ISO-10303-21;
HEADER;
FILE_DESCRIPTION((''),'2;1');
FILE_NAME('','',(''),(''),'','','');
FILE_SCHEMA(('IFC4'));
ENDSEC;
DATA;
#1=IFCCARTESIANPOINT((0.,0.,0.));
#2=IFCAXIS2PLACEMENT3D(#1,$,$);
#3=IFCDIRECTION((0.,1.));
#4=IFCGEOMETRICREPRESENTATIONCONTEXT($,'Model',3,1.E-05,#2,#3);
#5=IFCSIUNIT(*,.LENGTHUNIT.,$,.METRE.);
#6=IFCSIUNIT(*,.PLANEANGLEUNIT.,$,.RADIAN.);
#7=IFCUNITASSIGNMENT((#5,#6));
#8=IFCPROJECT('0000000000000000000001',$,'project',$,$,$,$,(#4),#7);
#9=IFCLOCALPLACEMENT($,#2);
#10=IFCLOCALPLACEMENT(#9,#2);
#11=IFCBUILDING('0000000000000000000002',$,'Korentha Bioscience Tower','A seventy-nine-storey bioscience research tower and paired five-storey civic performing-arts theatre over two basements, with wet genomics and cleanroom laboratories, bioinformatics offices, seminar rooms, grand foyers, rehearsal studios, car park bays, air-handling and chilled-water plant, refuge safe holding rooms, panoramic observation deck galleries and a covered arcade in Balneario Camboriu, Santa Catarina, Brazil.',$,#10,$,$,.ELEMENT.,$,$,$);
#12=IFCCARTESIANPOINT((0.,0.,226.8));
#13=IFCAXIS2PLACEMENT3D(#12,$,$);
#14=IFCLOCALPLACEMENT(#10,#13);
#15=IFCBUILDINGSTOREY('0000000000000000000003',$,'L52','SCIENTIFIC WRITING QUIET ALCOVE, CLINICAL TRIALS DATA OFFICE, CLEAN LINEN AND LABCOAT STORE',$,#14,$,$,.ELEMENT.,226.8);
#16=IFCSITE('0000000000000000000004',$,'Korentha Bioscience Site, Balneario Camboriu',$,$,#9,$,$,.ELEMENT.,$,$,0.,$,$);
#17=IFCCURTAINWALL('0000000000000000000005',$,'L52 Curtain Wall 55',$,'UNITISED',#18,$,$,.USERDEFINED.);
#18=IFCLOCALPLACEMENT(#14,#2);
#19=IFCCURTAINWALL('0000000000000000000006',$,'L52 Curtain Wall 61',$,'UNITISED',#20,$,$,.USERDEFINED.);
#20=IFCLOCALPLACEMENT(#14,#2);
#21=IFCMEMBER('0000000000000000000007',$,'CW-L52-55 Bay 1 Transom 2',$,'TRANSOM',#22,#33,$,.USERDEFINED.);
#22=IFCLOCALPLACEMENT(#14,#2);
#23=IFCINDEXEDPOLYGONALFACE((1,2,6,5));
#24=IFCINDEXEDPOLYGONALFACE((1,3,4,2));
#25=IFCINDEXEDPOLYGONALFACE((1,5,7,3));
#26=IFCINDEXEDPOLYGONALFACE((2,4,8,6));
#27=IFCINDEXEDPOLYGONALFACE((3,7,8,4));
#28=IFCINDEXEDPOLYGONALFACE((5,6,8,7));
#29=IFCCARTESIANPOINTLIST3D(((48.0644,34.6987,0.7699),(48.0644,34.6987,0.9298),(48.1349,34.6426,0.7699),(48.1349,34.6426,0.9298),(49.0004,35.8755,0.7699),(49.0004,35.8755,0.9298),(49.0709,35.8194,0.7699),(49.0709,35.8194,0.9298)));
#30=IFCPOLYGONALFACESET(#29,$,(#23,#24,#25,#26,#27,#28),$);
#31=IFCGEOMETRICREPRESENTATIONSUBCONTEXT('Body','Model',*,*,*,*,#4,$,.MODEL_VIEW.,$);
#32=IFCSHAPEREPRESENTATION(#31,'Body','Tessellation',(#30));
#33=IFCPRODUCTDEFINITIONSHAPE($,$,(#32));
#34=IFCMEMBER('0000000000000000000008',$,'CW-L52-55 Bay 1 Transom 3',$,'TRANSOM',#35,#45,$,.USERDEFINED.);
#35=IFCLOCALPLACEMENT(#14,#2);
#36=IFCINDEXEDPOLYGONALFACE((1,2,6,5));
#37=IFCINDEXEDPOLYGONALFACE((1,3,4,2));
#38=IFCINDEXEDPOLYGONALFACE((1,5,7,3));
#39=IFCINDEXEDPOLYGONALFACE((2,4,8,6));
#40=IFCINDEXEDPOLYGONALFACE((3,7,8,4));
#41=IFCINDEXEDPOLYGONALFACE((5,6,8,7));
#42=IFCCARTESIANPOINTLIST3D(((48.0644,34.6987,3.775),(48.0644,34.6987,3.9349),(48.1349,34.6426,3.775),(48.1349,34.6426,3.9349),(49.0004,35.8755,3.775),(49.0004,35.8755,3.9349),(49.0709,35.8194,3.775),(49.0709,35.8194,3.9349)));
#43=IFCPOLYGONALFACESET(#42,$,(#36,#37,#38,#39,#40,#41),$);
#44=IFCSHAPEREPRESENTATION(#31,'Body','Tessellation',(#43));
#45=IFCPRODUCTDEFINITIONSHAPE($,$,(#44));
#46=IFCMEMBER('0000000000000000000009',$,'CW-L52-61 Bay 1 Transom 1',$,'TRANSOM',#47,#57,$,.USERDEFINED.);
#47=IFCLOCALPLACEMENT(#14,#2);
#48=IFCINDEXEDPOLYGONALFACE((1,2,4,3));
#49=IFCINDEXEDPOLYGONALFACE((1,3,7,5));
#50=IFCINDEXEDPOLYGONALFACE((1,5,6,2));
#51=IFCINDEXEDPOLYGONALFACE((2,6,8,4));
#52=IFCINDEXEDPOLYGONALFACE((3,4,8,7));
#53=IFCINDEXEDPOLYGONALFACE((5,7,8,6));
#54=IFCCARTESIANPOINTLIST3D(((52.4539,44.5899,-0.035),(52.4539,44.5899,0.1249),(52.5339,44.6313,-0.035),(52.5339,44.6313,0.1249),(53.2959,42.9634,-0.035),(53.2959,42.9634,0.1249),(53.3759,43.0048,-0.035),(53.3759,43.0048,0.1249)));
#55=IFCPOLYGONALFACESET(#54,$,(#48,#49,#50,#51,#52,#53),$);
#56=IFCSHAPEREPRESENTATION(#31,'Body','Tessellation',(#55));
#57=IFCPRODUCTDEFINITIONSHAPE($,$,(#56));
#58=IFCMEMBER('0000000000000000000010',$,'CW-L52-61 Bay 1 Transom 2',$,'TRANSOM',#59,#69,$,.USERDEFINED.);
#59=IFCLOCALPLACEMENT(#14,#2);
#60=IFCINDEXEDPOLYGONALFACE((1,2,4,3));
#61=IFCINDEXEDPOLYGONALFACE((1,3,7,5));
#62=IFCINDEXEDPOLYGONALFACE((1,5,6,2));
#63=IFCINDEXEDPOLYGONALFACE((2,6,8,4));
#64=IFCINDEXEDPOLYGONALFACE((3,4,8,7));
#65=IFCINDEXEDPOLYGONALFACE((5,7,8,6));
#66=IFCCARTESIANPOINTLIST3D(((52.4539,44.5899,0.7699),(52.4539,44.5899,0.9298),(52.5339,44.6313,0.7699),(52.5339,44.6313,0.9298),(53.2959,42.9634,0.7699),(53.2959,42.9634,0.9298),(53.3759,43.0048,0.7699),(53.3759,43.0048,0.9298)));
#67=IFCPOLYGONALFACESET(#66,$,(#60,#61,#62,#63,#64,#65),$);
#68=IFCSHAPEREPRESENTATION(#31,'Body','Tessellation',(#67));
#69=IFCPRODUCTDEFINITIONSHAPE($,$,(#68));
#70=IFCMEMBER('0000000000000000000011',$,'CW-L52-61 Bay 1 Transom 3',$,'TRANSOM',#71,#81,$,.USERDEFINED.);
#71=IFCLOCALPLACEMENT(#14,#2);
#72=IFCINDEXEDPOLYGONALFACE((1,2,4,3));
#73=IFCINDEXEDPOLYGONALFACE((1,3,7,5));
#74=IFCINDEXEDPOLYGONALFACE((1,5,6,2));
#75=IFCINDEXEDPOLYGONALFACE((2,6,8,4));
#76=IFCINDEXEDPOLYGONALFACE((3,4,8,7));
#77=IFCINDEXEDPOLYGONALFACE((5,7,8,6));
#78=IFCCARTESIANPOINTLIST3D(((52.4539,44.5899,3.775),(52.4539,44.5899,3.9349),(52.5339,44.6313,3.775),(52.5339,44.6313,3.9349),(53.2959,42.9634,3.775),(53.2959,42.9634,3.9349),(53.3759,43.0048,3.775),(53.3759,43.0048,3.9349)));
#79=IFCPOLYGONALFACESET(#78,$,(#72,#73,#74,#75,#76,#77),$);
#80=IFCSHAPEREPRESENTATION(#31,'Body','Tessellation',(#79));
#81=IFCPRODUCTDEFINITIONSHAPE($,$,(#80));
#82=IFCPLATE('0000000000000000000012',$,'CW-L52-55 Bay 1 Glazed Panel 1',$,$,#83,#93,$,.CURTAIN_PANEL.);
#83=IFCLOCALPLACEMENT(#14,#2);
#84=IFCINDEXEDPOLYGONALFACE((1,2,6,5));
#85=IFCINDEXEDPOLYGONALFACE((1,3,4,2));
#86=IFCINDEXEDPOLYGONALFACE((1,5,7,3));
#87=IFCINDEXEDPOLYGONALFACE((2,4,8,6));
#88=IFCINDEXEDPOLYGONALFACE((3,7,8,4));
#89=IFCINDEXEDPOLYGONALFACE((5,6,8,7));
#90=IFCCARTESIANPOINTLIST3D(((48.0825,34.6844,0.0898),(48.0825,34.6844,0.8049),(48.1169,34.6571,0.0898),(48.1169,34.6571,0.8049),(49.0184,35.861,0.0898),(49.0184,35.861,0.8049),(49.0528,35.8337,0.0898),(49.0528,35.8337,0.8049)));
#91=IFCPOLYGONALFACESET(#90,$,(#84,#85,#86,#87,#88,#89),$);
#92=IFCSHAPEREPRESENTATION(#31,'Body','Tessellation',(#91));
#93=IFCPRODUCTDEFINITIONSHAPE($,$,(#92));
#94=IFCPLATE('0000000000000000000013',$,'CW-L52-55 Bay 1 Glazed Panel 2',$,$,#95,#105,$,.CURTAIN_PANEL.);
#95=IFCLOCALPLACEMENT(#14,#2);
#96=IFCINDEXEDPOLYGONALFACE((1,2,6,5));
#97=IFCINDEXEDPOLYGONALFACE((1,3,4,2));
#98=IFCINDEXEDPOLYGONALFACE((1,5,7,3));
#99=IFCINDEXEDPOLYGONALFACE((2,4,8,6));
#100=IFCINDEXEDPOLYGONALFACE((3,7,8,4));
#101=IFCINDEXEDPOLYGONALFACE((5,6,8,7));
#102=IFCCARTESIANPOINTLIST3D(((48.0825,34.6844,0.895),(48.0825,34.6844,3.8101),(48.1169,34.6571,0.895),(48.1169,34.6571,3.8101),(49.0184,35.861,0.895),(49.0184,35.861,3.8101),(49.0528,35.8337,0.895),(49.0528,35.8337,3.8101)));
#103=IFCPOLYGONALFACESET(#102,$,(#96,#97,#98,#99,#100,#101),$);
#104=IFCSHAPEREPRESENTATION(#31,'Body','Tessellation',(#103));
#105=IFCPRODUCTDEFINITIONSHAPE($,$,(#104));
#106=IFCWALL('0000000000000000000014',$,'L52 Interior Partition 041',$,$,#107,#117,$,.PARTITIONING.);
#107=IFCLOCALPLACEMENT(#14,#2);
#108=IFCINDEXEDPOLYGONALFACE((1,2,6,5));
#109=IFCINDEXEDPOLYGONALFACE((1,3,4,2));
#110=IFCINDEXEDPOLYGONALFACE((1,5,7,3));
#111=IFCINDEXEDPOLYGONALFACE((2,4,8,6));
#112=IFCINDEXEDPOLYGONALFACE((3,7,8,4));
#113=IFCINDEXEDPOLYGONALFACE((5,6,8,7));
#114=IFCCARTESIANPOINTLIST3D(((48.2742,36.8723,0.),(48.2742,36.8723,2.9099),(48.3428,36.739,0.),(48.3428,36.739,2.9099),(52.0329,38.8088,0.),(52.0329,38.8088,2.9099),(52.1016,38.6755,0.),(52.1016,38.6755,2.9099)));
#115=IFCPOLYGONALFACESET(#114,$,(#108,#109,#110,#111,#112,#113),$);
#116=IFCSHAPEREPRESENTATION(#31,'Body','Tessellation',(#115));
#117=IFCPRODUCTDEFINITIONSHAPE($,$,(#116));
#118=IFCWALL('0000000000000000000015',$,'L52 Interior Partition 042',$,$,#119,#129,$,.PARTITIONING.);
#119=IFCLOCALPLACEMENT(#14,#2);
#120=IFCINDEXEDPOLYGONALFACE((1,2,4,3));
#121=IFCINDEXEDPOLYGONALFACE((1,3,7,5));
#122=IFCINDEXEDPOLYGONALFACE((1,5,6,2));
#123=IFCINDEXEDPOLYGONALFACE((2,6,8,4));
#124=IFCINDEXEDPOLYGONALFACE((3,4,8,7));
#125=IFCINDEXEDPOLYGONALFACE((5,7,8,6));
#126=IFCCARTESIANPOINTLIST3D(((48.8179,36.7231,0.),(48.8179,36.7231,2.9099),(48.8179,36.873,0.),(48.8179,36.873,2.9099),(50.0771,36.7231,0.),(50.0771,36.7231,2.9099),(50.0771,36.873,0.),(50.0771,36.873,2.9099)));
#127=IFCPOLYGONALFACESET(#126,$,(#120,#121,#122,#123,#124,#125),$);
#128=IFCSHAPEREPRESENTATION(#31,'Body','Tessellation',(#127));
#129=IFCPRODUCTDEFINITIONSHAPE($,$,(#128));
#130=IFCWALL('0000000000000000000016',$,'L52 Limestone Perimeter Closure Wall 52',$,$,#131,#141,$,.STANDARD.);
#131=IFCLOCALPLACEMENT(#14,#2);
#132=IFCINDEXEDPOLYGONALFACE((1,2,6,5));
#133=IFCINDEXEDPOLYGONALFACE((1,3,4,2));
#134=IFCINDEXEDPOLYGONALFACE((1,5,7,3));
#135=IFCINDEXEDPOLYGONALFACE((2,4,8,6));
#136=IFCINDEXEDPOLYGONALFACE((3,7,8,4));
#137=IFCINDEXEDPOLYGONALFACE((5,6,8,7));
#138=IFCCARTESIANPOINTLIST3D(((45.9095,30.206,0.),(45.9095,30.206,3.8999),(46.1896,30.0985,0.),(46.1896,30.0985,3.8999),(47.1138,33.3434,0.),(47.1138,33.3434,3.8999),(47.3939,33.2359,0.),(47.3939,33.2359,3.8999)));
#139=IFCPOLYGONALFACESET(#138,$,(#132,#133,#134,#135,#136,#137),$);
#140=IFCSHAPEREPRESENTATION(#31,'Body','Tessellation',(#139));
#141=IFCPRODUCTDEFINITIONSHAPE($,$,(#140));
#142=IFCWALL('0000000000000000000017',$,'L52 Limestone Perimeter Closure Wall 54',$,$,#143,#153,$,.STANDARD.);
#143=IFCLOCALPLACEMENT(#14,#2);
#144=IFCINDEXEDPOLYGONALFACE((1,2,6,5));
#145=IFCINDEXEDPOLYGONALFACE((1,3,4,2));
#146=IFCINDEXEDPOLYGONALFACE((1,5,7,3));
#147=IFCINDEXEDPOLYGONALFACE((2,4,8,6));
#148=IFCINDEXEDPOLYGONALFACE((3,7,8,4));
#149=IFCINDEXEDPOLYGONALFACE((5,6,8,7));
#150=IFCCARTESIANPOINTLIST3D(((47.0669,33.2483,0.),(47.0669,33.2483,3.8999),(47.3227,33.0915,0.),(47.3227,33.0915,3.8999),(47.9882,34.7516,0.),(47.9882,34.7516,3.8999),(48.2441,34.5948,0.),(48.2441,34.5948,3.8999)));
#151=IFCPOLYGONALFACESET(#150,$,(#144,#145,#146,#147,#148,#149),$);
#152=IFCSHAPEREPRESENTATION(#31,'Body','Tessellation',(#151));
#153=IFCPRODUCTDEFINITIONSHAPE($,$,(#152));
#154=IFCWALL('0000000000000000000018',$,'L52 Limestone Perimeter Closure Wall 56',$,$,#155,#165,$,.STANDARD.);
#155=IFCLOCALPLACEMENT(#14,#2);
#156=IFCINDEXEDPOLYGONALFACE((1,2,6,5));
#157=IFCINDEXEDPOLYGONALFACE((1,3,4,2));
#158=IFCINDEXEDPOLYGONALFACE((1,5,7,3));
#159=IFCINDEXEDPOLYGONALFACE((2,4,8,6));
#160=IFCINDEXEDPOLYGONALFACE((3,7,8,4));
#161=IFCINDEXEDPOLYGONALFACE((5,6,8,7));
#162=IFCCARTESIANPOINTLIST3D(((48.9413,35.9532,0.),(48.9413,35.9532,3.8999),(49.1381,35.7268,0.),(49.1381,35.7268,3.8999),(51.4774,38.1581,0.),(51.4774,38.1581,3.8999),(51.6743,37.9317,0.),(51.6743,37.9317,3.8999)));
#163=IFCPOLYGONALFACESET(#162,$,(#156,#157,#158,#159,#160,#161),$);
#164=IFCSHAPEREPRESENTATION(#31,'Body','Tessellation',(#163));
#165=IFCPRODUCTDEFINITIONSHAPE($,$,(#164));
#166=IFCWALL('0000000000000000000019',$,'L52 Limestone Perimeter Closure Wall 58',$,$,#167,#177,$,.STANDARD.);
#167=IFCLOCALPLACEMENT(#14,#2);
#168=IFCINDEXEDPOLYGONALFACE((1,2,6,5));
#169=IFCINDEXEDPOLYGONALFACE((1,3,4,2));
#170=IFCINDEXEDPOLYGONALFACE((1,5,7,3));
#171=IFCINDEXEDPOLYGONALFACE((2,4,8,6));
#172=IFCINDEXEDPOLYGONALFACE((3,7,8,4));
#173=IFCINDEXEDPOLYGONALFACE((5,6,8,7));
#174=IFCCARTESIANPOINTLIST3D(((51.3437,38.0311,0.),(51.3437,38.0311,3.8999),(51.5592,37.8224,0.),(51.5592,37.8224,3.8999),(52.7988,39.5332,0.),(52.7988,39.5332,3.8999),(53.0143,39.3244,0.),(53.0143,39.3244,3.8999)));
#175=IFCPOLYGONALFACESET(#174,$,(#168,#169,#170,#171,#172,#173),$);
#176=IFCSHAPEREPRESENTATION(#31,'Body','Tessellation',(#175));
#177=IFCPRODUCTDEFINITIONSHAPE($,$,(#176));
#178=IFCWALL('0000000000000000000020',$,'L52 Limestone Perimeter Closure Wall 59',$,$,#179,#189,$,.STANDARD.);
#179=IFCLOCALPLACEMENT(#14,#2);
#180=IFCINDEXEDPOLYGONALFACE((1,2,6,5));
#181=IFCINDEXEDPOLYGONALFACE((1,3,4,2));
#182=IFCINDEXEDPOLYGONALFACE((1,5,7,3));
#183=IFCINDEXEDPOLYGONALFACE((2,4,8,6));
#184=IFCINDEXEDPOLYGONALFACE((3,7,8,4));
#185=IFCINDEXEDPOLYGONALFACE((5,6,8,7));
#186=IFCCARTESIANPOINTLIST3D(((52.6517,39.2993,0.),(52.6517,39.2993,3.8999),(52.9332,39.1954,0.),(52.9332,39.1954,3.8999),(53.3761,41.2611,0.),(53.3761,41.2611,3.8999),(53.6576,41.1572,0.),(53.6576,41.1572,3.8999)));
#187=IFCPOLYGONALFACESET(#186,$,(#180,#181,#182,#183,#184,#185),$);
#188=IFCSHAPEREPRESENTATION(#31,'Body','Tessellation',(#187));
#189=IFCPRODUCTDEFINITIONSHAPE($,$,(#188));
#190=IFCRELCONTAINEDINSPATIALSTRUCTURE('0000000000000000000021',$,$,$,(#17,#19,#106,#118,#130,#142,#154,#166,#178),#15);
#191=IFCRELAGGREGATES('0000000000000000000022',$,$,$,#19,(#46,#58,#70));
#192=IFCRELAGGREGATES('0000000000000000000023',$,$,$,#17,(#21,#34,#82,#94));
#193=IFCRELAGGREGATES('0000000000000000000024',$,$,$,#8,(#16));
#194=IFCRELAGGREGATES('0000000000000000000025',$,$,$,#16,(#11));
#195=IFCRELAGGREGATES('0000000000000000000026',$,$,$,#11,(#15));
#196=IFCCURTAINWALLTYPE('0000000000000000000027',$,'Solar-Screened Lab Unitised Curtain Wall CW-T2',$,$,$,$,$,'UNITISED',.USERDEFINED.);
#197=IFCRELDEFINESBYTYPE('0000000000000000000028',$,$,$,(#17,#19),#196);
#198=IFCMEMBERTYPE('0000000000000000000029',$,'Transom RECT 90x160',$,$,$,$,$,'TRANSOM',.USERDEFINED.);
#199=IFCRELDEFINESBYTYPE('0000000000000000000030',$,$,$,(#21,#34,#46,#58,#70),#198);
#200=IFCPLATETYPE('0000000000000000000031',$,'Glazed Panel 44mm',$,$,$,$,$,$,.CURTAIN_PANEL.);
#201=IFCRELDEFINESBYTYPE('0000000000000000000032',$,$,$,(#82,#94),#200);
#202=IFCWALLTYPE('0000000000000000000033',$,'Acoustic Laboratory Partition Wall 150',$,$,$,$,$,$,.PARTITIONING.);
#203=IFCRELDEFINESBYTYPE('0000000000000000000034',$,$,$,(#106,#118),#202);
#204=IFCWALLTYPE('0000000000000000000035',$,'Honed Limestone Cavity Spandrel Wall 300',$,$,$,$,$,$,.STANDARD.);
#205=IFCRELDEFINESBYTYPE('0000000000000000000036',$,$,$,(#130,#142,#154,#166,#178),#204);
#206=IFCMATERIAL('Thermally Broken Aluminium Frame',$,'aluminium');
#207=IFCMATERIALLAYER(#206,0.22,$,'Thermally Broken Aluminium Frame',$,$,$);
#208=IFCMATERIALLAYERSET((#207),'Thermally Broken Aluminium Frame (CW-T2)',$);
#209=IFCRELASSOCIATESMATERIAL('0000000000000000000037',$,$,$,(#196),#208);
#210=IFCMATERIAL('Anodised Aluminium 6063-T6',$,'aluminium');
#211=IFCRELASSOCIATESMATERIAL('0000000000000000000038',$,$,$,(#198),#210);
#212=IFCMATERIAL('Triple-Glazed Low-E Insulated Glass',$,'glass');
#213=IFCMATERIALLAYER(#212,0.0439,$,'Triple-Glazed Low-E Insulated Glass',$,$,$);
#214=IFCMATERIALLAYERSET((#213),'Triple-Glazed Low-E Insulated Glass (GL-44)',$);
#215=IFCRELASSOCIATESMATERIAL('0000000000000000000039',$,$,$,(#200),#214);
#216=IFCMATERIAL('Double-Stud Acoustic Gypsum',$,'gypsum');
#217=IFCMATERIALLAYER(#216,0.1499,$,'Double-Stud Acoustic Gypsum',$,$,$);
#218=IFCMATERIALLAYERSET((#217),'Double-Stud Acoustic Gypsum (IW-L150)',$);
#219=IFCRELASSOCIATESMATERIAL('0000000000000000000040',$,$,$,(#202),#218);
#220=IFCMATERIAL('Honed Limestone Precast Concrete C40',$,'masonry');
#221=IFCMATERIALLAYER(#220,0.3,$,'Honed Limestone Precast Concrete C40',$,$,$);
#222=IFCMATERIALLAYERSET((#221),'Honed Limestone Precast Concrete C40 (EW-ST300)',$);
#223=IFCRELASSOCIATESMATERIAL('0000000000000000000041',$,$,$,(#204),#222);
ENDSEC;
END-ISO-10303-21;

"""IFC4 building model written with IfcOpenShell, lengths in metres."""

from ifc_helpers import new_model, si_unit, direction, frame, frame_2d, origin, origin_2d, place, context, subcontext, project, spatial, rectangle, extrude, material, layer, layer_set, material_profile, profile_set, type_object, element, aggregate, save


model = new_model("IFC4")

# Units and contexts
model_context = context("Model", 3, precision=1e-05, world=origin(), true_north=direction((0.0, 1.0)))
body_context = subcontext(model_context, "Body", "Model", "MODEL_VIEW")
ifc_project = project(units=[si_unit("LENGTHUNIT", "METRE"), si_unit("PLANEANGLEUNIT", "RADIAN")], contexts=[model_context])

# Site, building, storey
site_placement = place(None, origin())
site = spatial("IfcSite", under=ifc_project, at=site_placement, Name="Korentha Bioscience Site, Balneario Camboriu", CompositionType="ELEMENT", RefElevation=0.0)
building_placement = place(site_placement, origin())
building = spatial("IfcBuilding", under=site, at=building_placement, Name="Korentha Bioscience Tower", Description="A seventy-nine-storey bioscience research tower and paired five-storey civic performing-arts theatre over two basements, with wet genomics and cleanroom laboratories, bioinformatics offices, seminar rooms, grand foyers, rehearsal studios, car park bays, air-handling and chilled-water plant, refuge safe holding rooms, panoramic observation deck galleries and a covered arcade in Balneario Camboriu, Santa Catarina, Brazil.", CompositionType="ELEMENT")
storey_placement = place(building_placement, frame((0.0, 0.0, 226.8)))
storey = spatial("IfcBuildingStorey", under=building, at=storey_placement, Name="L52", Description="SCIENTIFIC WRITING QUIET ALCOVE, CLINICAL TRIALS DATA OFFICE, CLEAN LINEN AND LABCOAT STORE", CompositionType="ELEMENT", Elevation=226.8)

# Curtain wall
ifc_material_1 = material(Name="Thermally Broken Aluminium Frame", Category="aluminium")
ifc_layer_1 = layer(ifc_material_1, 0.22, Name="Thermally Broken Aluminium Frame")
ifc_layer_set_1 = layer_set([ifc_layer_1], Name="Thermally Broken Aluminium Frame (CW-T2)")
curtain_wall_type = type_object("IfcCurtainWallType", Name="Solar-Screened Lab Unitised Curtain Wall CW-T2", ElementType="UNITISED", PredefinedType="USERDEFINED", material=ifc_layer_set_1)
curtain_wall_1_placement = place(storey_placement, origin())
curtain_wall_1 = element("IfcCurtainWall", 1, at=curtain_wall_1_placement, inside=storey, type_object=curtain_wall_type, Name="L52 Curtain Wall 55", ObjectType="UNITISED", PredefinedType="USERDEFINED")
ifc_material_2 = material(Name="Anodised Aluminium 6063-T6", Category="aluminium")

# Curtain wall
curtain_wall_2_placement = place(storey_placement, origin())
curtain_wall_2 = element("IfcCurtainWall", 2, at=curtain_wall_2_placement, inside=storey, type_object=curtain_wall_type, Name="L52 Curtain Wall 61", ObjectType="UNITISED", PredefinedType="USERDEFINED")

# Members
ifc_material_profile_1 = material_profile(ifc_material_2, rectangle(XDim=0.0901, YDim=0.1599, at=origin_2d()), Name="Anodised Aluminium 6063-T6")
ifc_profile_set_1 = profile_set([ifc_material_profile_1], Name="Anodised Aluminium 6063-T6 (CW-TRN)")
member_type_1 = type_object("IfcMemberType", Name="Transom RECT 90x160", ElementType="TRANSOM", PredefinedType="USERDEFINED", material=ifc_profile_set_1)
member_1_placement = place(storey_placement, frame((48.0996, 34.6707, 0.8499), z_axis=(0.622515, 0.782608, 0.0), x_axis=(-0.782608, 0.622515, 0.0)))
member_1 = element("IfcMember", 3, at=member_1_placement, type_object=member_type_1, Name="CW-L52-55 Bay 1 Transom 2", ObjectType="TRANSOM", PredefinedType="USERDEFINED", context=body_context, shape_type="SweptSolid", body=[
    extrude(rectangle(XDim=0.0901, YDim=0.1599, at=origin_2d()), origin(), (0.0, 0.0, 1.0), 1.5037),
])
member_2_placement = place(storey_placement, frame((48.0996, 34.6707, 3.855), z_axis=(0.622515, 0.782608, 0.0), x_axis=(-0.782608, 0.622515, 0.0)))
member_2 = element("IfcMember", 4, at=member_2_placement, type_object=member_type_1, Name="CW-L52-55 Bay 1 Transom 3", ObjectType="TRANSOM", PredefinedType="USERDEFINED", context=body_context, shape_type="SweptSolid", body=[
    extrude(rectangle(XDim=0.0901, YDim=0.1599, at=origin_2d()), origin(), (0.0, 0.0, 1.0), 1.5037),
])
member_3_placement = place(storey_placement, frame((53.3359, 42.9841, 0.0449), z_axis=(-0.459753, 0.888047, 0.0), x_axis=(-0.888047, -0.459753, 0.0)))
member_3 = element("IfcMember", 5, at=member_3_placement, type_object=member_type_1, Name="CW-L52-61 Bay 1 Transom 1", ObjectType="TRANSOM", PredefinedType="USERDEFINED", context=body_context, shape_type="SweptSolid", body=[
    extrude(rectangle(XDim=0.0901, YDim=0.1599, at=origin_2d()), origin(), (0.0, 0.0, 1.0), 1.8315),
])
member_4_placement = place(storey_placement, frame((53.3359, 42.9841, 0.8499), z_axis=(-0.459753, 0.888047, 0.0), x_axis=(-0.888047, -0.459753, 0.0)))
member_4 = element("IfcMember", 6, at=member_4_placement, type_object=member_type_1, Name="CW-L52-61 Bay 1 Transom 2", ObjectType="TRANSOM", PredefinedType="USERDEFINED", context=body_context, shape_type="SweptSolid", body=[
    extrude(rectangle(XDim=0.0901, YDim=0.1599, at=origin_2d()), origin(), (0.0, 0.0, 1.0), 1.8315),
])
member_5_placement = place(storey_placement, frame((53.3359, 42.9841, 3.855), z_axis=(-0.459753, 0.888047, 0.0), x_axis=(-0.888047, -0.459753, 0.0)))
member_5 = element("IfcMember", 7, at=member_5_placement, type_object=member_type_1, Name="CW-L52-61 Bay 1 Transom 3", ObjectType="TRANSOM", PredefinedType="USERDEFINED", context=body_context, shape_type="SweptSolid", body=[
    extrude(rectangle(XDim=0.0901, YDim=0.1599, at=origin_2d()), origin(), (0.0, 0.0, 1.0), 1.8315),
])
aggregate(curtain_wall_2, [member_3, member_4, member_5])

# Plates
ifc_material_3 = material(Name="Triple-Glazed Low-E Insulated Glass", Category="glass")
ifc_layer_2 = layer(ifc_material_3, 0.0439, Name="Triple-Glazed Low-E Insulated Glass")
ifc_layer_set_2 = layer_set([ifc_layer_2], Name="Triple-Glazed Low-E Insulated Glass (GL-44)")
plate_type = type_object("IfcPlateType", Name="Glazed Panel 44mm", PredefinedType="CURTAIN_PANEL", material=ifc_layer_set_2)
plate_1_placement = place(storey_placement, frame((48.5676, 35.259, 0.0898), z_axis=(0.0, 0.0, 1.0), x_axis=(0.622512, 0.78261, 0.0)))
plate_1 = element("IfcPlate", 8, at=plate_1_placement, type_object=plate_type, Name="CW-L52-55 Bay 1 Glazed Panel 1", PredefinedType="CURTAIN_PANEL", context=body_context, shape_type="SweptSolid", body=[
    extrude(rectangle(XDim=1.5034, YDim=0.0439, at=origin_2d()), origin(), (0.0, 0.0, 1.0), 0.7151),
])
plate_2_placement = place(storey_placement, frame((48.5676, 35.259, 0.895), z_axis=(0.0, 0.0, 1.0), x_axis=(0.622512, 0.78261, 0.0)))
plate_2 = element("IfcPlate", 9, at=plate_2_placement, type_object=plate_type, Name="CW-L52-55 Bay 1 Glazed Panel 2", PredefinedType="CURTAIN_PANEL", context=body_context, shape_type="SweptSolid", body=[
    extrude(rectangle(XDim=1.5034, YDim=0.0439, at=origin_2d()), origin(), (0.0, 0.0, 1.0), 2.915),
])
aggregate(curtain_wall_1, [member_1, member_2, plate_1, plate_2])

# Walls
ifc_material_4 = material(Name="Double-Stud Acoustic Gypsum", Category="gypsum")
ifc_layer_3 = layer(ifc_material_4, 0.1499, Name="Double-Stud Acoustic Gypsum")
ifc_layer_set_3 = layer_set([ifc_layer_3], Name="Double-Stud Acoustic Gypsum (IW-L150)")
wall_type_1 = type_object("IfcWallType", Name="Acoustic Laboratory Partition Wall 150", PredefinedType="PARTITIONING", material=ifc_layer_set_3)
wall_1_placement = place(storey_placement, frame((52.0674, 38.7422, 0.0), z_axis=(0.0, 0.0, 1.0), x_axis=(-0.888957, -0.45799, 0.0)))
element("IfcWall", 10, at=wall_1_placement, inside=storey, type_object=wall_type_1, Name="L52 Interior Partition 041", PredefinedType="PARTITIONING", context=body_context, shape_type="SweptSolid", body=[
    extrude(rectangle(XDim=4.2283, YDim=0.1499, at=frame_2d((2.1143, 0.0))), origin(), (0.0, 0.0, 1.0), 2.9099),
])
wall_2_placement = place(storey_placement, frame((48.8179, 36.7981, 0.0), z_axis=(0.0, 0.0, 1.0), x_axis=(1.0, 0.0, 0.0)))
element("IfcWall", 11, at=wall_2_placement, inside=storey, type_object=wall_type_1, Name="L52 Interior Partition 042", PredefinedType="PARTITIONING", context=body_context, shape_type="SweptSolid", body=[
    extrude(rectangle(XDim=1.2593, YDim=0.1499, at=frame_2d((0.6296, 0.0))), origin(), (0.0, 0.0, 1.0), 2.9099),
])
ifc_material_5 = material(Name="Honed Limestone Precast Concrete C40", Category="masonry")
ifc_layer_4 = layer(ifc_material_5, 0.3, Name="Honed Limestone Precast Concrete C40")
ifc_layer_set_4 = layer_set([ifc_layer_4], Name="Honed Limestone Precast Concrete C40 (EW-ST300)")
wall_type_2 = type_object("IfcWallType", Name="Honed Limestone Cavity Spandrel Wall 300", PredefinedType="STANDARD", material=ifc_layer_set_4)
wall_3_placement = place(storey_placement, frame((46.0496, 30.1523, 0.0), z_axis=(0.0, 0.0, 1.0), x_axis=(0.358366, 0.933581, 0.0)))
element("IfcWall", 12, at=wall_3_placement, inside=storey, type_object=wall_type_2, Name="L52 Limestone Perimeter Closure Wall 52", PredefinedType="STANDARD", context=body_context, shape_type="SweptSolid", body=[
    extrude(rectangle(XDim=3.3606, YDim=0.3, at=frame_2d((1.6802, 0.0))), origin(), (0.0, 0.0, 1.0), 3.8999),
])
wall_4_placement = place(storey_placement, frame((47.1948, 33.1699, 0.0), z_axis=(0.0, 0.0, 1.0), x_axis=(0.522536, 0.852617, 0.0)))
element("IfcWall", 13, at=wall_4_placement, inside=storey, type_object=wall_type_2, Name="L52 Limestone Perimeter Closure Wall 54", PredefinedType="STANDARD", context=body_context, shape_type="SweptSolid", body=[
    extrude(rectangle(XDim=1.7632, YDim=0.3, at=frame_2d((0.8816, 0.0))), origin(), (0.0, 0.0, 1.0), 3.8999),
])
wall_5_placement = place(storey_placement, frame((49.0398, 35.8401, 0.0), z_axis=(0.0, 0.0, 1.0), x_axis=(0.754679, 0.656094, 0.0)))
element("IfcWall", 14, at=wall_5_placement, inside=storey, type_object=wall_type_2, Name="L52 Limestone Perimeter Closure Wall 56", PredefinedType="STANDARD", context=body_context, shape_type="SweptSolid", body=[
    extrude(rectangle(XDim=3.3606, YDim=0.3, at=frame_2d((1.6802, 0.0))), origin(), (0.0, 0.0, 1.0), 3.8999),
])
for number, where, z_axis, x_axis, name in (
    (15, (51.4514, 37.9268, 0.0), (0.0, 0.0, 1.0), (0.69581, 0.718226, 0.0), "L52 Limestone Perimeter Closure Wall 58"),
    (16, (52.7925, 39.2473, 0.0), (0.0, 0.0, 1.0), (0.34636, 0.938102, 0.0), "L52 Limestone Perimeter Closure Wall 59"),
):
    element("IfcWall", number, at=place(storey_placement, frame(where, z_axis=z_axis, x_axis=x_axis)), inside=storey, type_object=wall_type_2, Name=name, PredefinedType="STANDARD", context=body_context, shape_type="SweptSolid", body=[
        extrude(rectangle(XDim=2.0913, YDim=0.3, at=frame_2d((1.0457, 0.0))), origin(), (0.0, 0.0, 1.0), 3.8999),
    ])

save(model, "model.ifc")
